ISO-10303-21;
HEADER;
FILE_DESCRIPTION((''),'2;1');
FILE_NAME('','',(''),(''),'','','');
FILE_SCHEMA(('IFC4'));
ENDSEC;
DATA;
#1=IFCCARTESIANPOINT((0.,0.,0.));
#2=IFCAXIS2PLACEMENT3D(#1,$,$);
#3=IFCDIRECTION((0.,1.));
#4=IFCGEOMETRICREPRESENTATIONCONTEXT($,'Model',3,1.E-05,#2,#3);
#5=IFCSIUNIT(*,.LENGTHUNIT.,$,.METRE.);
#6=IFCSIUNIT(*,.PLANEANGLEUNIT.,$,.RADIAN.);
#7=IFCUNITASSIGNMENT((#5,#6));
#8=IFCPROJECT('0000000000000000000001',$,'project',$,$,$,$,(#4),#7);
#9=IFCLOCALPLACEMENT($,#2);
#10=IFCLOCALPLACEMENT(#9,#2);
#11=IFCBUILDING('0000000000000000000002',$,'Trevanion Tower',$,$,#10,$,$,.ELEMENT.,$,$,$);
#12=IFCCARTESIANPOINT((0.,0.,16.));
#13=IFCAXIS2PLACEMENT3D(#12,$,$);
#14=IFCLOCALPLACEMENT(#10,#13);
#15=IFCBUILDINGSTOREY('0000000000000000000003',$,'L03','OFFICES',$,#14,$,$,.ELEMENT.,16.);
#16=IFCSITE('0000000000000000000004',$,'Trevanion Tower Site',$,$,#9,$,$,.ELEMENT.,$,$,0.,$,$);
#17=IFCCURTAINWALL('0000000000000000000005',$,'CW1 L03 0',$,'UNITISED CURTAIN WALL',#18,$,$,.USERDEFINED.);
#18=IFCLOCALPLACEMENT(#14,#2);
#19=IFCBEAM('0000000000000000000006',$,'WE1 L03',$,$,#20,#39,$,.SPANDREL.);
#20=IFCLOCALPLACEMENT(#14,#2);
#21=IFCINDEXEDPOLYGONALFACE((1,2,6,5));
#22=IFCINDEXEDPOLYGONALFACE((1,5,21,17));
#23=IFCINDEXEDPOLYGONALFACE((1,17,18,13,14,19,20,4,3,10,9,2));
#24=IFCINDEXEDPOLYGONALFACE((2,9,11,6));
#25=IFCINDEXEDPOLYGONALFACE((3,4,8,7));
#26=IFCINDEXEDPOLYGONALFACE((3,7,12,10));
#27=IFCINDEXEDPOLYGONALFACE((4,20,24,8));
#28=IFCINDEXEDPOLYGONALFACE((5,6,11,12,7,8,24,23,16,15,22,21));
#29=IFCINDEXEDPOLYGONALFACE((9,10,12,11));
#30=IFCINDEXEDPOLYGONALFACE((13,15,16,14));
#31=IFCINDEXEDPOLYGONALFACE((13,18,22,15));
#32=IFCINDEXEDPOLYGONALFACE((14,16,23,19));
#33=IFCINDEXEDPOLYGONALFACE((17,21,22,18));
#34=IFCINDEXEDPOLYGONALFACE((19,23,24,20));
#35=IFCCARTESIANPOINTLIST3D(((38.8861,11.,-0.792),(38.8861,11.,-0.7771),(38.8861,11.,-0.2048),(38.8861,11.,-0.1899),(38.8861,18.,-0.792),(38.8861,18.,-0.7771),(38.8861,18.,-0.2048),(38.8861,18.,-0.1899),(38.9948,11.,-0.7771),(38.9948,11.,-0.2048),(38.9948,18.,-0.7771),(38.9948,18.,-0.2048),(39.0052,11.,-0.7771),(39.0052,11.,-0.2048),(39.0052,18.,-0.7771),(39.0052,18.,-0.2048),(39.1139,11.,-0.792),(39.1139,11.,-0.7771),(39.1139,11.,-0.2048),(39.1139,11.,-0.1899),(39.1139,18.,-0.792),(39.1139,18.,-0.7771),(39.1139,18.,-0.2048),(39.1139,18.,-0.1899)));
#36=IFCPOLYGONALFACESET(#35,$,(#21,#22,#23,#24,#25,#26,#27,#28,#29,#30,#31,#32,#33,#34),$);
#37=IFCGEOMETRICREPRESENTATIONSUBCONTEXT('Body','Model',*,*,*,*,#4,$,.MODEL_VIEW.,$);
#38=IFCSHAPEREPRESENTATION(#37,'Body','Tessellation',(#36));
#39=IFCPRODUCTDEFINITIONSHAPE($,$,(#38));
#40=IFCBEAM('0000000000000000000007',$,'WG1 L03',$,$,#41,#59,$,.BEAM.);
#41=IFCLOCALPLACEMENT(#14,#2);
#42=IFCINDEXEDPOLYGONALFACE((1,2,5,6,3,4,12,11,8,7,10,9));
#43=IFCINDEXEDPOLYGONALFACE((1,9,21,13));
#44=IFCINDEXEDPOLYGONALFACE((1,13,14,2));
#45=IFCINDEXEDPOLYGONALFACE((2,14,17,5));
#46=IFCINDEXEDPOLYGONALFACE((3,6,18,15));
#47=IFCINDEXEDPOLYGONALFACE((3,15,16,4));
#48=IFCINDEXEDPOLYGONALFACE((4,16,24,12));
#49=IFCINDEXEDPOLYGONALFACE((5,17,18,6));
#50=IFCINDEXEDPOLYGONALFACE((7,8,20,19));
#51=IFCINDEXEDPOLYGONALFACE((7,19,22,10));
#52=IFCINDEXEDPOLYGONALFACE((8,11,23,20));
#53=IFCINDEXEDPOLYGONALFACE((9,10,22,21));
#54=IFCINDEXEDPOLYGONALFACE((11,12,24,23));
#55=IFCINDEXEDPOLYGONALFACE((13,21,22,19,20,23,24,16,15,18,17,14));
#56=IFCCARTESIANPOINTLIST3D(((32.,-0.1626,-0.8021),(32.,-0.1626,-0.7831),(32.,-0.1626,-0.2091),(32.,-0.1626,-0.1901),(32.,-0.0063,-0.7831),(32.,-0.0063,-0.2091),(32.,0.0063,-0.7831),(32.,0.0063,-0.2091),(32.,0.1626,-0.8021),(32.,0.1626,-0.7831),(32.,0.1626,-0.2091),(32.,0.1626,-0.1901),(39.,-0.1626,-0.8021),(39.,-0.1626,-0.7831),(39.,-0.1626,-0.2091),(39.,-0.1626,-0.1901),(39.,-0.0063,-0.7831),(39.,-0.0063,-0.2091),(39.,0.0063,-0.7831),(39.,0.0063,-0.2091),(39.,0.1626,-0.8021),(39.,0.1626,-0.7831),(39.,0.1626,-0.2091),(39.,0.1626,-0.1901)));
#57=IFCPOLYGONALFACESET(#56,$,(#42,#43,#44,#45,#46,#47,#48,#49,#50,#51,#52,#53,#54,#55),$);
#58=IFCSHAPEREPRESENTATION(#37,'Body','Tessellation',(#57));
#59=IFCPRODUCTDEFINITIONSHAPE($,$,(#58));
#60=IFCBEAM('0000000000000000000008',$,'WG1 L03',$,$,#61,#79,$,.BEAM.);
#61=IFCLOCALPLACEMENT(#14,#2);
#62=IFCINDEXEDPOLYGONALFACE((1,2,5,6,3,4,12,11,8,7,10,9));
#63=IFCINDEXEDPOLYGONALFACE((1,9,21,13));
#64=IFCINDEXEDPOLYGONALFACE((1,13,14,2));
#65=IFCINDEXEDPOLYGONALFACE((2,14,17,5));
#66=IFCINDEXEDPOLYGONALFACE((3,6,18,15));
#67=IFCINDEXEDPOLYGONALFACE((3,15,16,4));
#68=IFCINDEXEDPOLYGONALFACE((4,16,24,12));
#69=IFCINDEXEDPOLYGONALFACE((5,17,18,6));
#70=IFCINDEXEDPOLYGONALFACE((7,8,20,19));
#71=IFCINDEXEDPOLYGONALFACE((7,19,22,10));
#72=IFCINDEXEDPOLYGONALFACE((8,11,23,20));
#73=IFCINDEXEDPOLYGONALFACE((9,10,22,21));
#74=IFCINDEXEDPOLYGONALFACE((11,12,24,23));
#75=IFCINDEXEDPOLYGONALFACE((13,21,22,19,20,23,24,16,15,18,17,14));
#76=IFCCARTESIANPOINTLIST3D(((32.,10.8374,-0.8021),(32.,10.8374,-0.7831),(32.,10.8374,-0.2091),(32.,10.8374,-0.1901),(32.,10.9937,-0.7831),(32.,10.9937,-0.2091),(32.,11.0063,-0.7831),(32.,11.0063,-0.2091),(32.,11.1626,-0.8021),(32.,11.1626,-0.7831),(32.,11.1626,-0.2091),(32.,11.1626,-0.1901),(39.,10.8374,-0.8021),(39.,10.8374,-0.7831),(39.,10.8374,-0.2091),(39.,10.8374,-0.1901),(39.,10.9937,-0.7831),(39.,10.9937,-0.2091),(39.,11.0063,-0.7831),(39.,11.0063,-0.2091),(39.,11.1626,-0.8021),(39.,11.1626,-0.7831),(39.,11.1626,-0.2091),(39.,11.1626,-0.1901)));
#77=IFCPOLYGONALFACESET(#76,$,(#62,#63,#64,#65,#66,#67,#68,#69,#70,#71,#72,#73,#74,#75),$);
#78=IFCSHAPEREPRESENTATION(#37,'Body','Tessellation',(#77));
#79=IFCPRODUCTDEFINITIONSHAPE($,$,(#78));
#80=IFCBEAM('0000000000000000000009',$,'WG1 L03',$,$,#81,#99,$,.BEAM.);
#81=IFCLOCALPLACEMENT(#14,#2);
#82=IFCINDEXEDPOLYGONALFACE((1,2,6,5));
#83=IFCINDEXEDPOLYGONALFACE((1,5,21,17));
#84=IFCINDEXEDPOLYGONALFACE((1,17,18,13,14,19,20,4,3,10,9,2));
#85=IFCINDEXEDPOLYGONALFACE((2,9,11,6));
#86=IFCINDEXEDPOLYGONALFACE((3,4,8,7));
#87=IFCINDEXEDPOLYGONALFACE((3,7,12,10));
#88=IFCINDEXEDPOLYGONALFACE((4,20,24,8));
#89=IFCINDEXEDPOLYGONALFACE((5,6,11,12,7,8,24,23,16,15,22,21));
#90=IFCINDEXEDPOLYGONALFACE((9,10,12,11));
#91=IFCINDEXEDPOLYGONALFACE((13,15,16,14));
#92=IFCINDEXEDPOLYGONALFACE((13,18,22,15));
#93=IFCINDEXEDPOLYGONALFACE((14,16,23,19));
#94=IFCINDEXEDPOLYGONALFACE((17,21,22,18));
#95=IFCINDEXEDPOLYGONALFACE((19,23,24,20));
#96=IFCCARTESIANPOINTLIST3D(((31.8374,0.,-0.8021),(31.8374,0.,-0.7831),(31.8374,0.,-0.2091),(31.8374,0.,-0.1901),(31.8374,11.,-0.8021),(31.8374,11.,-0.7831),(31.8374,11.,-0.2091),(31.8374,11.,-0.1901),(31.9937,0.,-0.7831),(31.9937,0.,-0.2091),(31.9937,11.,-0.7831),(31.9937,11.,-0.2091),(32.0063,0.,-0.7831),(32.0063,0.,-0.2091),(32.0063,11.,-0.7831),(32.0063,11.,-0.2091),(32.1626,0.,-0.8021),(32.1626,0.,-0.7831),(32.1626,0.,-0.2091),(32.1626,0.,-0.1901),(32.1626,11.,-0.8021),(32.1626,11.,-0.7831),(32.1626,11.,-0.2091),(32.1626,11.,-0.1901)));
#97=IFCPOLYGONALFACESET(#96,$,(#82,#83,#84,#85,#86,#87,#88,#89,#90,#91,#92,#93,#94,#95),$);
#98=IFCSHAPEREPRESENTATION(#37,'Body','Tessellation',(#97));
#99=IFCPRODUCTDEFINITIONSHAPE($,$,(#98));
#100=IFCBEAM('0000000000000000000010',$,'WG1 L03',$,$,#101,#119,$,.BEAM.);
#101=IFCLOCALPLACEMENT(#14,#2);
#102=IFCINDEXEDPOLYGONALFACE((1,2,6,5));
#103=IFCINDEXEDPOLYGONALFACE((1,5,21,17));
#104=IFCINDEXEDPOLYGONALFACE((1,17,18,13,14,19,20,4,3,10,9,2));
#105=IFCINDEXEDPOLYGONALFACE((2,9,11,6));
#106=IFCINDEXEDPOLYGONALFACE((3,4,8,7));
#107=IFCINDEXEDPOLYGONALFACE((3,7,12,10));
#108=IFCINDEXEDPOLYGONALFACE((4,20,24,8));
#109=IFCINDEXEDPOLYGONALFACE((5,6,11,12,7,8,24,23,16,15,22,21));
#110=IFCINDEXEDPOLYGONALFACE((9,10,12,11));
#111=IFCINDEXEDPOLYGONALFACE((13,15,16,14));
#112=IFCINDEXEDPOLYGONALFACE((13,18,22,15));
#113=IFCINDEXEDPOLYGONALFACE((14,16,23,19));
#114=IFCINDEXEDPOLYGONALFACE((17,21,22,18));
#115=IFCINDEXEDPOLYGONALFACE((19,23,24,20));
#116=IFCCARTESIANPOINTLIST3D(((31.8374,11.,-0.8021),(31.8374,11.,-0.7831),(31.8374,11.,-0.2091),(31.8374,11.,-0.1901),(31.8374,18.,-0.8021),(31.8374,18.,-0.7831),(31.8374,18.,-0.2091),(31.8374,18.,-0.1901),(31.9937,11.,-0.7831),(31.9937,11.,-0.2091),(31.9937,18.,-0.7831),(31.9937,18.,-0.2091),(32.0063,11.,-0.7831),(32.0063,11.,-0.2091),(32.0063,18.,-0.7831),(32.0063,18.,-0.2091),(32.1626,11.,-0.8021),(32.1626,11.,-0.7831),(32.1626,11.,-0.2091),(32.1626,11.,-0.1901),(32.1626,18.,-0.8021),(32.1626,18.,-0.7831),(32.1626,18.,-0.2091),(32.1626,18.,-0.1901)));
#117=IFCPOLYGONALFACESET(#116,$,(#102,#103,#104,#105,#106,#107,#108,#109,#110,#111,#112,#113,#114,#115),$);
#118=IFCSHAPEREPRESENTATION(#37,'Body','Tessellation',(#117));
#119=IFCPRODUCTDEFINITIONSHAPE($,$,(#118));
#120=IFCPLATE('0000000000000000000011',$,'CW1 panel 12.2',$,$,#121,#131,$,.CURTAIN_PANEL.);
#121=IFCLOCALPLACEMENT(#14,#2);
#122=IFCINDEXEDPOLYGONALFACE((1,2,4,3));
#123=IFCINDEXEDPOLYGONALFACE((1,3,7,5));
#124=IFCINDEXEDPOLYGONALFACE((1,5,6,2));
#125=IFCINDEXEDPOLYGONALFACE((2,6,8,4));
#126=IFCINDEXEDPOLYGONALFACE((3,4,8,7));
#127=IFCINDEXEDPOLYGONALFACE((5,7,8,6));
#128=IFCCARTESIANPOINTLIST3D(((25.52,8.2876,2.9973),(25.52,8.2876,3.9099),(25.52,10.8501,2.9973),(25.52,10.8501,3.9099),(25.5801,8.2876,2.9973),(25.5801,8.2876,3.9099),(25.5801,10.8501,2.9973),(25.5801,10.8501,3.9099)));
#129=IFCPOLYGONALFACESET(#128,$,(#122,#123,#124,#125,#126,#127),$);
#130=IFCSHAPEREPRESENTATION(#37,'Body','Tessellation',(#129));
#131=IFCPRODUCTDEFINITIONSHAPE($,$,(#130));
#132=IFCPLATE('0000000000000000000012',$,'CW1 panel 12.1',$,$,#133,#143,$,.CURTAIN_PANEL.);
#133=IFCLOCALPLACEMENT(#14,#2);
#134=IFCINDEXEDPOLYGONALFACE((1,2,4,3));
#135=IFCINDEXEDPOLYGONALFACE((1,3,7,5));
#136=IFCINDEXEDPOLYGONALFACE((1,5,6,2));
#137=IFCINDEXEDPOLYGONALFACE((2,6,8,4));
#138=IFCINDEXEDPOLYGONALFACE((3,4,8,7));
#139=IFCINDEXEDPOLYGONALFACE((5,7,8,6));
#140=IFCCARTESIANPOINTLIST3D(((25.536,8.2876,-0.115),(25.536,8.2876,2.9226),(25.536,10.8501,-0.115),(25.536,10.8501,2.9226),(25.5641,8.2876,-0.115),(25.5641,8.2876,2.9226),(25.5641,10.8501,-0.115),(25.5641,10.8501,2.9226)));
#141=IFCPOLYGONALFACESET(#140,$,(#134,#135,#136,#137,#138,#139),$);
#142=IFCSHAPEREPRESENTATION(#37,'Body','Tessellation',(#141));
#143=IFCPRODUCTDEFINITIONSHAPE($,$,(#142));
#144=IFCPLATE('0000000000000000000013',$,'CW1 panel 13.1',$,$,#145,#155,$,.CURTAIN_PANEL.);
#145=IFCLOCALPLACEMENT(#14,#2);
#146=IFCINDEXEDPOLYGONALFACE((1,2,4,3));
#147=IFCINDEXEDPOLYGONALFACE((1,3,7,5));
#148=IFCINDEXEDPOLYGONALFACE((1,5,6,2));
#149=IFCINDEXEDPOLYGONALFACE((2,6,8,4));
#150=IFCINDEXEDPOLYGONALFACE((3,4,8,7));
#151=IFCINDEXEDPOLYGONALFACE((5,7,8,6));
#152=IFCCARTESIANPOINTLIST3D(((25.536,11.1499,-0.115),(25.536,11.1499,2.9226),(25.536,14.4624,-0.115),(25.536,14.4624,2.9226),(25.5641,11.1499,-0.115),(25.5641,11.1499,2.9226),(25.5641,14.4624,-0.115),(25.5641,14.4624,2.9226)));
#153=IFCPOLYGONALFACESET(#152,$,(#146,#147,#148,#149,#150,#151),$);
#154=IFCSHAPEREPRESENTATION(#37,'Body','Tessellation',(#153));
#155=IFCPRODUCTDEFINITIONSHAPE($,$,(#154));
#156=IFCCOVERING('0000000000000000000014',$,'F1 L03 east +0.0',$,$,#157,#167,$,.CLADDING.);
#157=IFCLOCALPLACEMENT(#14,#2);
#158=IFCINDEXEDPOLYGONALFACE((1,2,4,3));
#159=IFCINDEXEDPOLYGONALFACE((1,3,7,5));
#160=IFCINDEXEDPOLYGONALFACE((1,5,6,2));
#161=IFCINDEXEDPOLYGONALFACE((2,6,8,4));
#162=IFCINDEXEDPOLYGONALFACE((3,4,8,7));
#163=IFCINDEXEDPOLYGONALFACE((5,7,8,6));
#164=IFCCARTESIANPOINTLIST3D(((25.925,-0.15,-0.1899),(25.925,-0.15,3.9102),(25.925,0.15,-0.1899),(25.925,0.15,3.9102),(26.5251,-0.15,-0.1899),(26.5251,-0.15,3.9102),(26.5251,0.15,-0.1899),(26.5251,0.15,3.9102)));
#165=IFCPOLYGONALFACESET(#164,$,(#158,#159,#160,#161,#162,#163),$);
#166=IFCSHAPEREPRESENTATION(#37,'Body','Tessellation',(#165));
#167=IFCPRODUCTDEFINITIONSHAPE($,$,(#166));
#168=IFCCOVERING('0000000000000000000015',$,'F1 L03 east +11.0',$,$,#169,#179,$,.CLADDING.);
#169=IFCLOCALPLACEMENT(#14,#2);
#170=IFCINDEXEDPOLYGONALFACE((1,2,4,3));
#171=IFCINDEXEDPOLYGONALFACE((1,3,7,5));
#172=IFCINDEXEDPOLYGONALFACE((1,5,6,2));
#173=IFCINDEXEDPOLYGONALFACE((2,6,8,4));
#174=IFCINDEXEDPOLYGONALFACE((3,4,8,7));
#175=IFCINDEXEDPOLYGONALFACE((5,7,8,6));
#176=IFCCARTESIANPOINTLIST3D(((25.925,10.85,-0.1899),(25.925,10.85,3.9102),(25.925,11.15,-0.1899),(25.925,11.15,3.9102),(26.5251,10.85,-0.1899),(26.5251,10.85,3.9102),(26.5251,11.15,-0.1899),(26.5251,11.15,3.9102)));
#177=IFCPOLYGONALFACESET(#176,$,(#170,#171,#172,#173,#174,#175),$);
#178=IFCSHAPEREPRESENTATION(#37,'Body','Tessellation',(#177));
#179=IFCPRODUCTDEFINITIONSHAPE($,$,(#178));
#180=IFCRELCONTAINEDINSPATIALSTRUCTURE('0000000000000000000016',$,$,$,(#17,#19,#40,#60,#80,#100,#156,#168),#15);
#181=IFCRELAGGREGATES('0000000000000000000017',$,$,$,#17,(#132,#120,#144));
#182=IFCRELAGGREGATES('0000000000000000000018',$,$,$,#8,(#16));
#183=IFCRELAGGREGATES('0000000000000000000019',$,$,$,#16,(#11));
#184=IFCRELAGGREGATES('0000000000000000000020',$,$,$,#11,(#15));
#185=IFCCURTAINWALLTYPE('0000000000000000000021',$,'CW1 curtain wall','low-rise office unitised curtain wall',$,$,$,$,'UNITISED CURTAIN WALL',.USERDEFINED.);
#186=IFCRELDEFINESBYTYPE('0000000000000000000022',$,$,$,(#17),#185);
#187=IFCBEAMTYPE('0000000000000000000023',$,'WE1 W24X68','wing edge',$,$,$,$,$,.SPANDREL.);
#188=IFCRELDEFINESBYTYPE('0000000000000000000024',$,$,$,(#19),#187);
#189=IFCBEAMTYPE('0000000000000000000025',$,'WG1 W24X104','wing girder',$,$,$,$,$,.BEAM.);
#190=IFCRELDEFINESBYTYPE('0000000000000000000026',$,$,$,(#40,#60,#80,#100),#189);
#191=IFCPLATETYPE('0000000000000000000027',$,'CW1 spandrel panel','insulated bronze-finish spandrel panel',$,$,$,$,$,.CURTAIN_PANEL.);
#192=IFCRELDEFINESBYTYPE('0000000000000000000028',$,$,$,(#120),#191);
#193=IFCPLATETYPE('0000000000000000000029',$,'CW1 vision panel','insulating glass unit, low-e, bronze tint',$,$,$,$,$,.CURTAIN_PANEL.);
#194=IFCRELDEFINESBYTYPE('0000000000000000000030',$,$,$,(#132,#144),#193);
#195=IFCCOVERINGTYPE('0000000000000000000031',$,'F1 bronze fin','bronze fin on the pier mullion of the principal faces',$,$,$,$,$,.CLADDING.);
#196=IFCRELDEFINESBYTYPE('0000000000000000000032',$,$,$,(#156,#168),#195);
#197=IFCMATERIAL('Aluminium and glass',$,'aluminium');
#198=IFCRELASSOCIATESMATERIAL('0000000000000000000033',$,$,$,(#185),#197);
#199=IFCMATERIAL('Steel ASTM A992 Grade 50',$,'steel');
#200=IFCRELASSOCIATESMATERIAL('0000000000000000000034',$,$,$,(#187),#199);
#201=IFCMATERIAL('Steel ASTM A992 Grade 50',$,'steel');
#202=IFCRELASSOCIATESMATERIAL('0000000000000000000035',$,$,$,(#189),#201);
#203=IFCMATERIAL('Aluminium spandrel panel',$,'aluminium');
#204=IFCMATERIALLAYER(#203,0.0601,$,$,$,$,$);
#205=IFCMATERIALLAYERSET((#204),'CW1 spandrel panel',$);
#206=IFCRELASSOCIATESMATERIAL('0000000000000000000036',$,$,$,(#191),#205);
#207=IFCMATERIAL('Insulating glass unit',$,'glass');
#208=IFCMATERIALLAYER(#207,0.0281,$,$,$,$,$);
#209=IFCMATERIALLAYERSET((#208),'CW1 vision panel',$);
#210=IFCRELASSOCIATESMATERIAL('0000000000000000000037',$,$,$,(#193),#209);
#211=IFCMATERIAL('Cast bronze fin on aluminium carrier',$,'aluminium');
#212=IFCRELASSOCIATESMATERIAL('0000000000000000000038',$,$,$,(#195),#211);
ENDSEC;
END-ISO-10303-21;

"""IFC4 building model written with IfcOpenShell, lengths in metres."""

from ifc_helpers import new_model, si_unit, direction, frame, origin, origin_2d, place, context, subcontext, project, spatial, rectangle, i_section, extrude, material, layer, layer_set, material_profile, profile_set, type_object, element, aggregate, save


model = new_model("IFC4")

# Units and contexts
model_context = context("Model", 3, precision=1e-05, world=origin(), true_north=direction((0.0, 1.0)))
body_context = subcontext(model_context, "Body", "Model", "MODEL_VIEW")
ifc_project = project(units=[si_unit("LENGTHUNIT", "METRE"), si_unit("PLANEANGLEUNIT", "RADIAN")], contexts=[model_context])

# Site, building, storey
site_placement = place(None, origin())
site = spatial("IfcSite", under=ifc_project, at=site_placement, Name="Trevanion Tower Site", CompositionType="ELEMENT", RefElevation=0.0)
building_placement = place(site_placement, origin())
building = spatial("IfcBuilding", under=site, at=building_placement, Name="Trevanion Tower", CompositionType="ELEMENT")
storey_placement = place(building_placement, frame((0.0, 0.0, 16.0)))
storey = spatial("IfcBuildingStorey", under=building, at=storey_placement, Name="L03", Description="OFFICES", CompositionType="ELEMENT", Elevation=16.0)

# Curtain wall
ifc_material_1 = material(Name="Aluminium and glass", Category="aluminium")
curtain_wall_type = type_object("IfcCurtainWallType", Name="CW1 curtain wall", Description="low-rise office unitised curtain wall", ElementType="UNITISED CURTAIN WALL", PredefinedType="USERDEFINED", material=ifc_material_1)
curtain_wall_placement = place(storey_placement, origin())
curtain_wall = element("IfcCurtainWall", 1, at=curtain_wall_placement, inside=storey, type_object=curtain_wall_type, Name="CW1 L03 0", ObjectType="UNITISED CURTAIN WALL", PredefinedType="USERDEFINED")

# Beams
ifc_material_2 = material(Name="Steel ASTM A992 Grade 50", Category="steel")
ifc_material_profile_1 = material_profile(ifc_material_2, i_section(OverallWidth=0.2278, OverallDepth=0.6021, WebThickness=0.0105, FlangeThickness=0.0149, at=origin_2d()), Name="W24X68")
ifc_profile_set_1 = profile_set([ifc_material_profile_1], Name="Steel ASTM A992 Grade 50")
beam_type_1 = type_object("IfcBeamType", Name="WE1 W24X68", Description="wing edge", PredefinedType="SPANDREL", material=ifc_profile_set_1)
beam_1_placement = place(storey_placement, frame((39.0, 11.0, -0.491), z_axis=(0.0, 1.0, 0.0), x_axis=(-1.0, 0.0, 0.0)))
element("IfcBeam", 2, at=beam_1_placement, inside=storey, type_object=beam_type_1, Name="WE1 L03", PredefinedType="SPANDREL", context=body_context, shape_type="SweptSolid", body=[
    extrude(i_section(OverallWidth=0.2278, OverallDepth=0.6021, WebThickness=0.0105, FlangeThickness=0.0149, at=origin_2d()), origin(), (0.0, 0.0, 1.0), 7.0),
])
ifc_material_3 = material(Name="Steel ASTM A992 Grade 50", Category="steel")
ifc_material_profile_2 = material_profile(ifc_material_3, i_section(OverallWidth=0.3252, OverallDepth=0.6121, WebThickness=0.0127, FlangeThickness=0.019, at=origin_2d()), Name="W24X104")
ifc_profile_set_2 = profile_set([ifc_material_profile_2], Name="Steel ASTM A992 Grade 50")
beam_type_2 = type_object("IfcBeamType", Name="WG1 W24X104", Description="wing girder", PredefinedType="BEAM", material=ifc_profile_set_2)
for number, where, z_axis, x_axis, name in (
    (3, (32.0, 0.0, -0.4961), (1.0, 0.0, 0.0), (0.0, 1.0, 0.0), "WG1 L03"),
    (4, (32.0, 11.0, -0.4961), (1.0, 0.0, 0.0), (0.0, 1.0, 0.0), "WG1 L03"),
):
    element("IfcBeam", number, at=place(storey_placement, frame(where, z_axis=z_axis, x_axis=x_axis)), inside=storey, type_object=beam_type_2, Name=name, PredefinedType="BEAM", context=body_context, shape_type="SweptSolid", body=[
        extrude(i_section(OverallWidth=0.3252, OverallDepth=0.6121, WebThickness=0.0127, FlangeThickness=0.019, at=origin_2d()), origin(), (0.0, 0.0, 1.0), 7.0),
    ])
beam_2_placement = place(storey_placement, frame((32.0, 0.0, -0.4961), z_axis=(0.0, 1.0, 0.0), x_axis=(-1.0, 0.0, 0.0)))
element("IfcBeam", 5, at=beam_2_placement, inside=storey, type_object=beam_type_2, Name="WG1 L03", PredefinedType="BEAM", context=body_context, shape_type="SweptSolid", body=[
    extrude(i_section(OverallWidth=0.3252, OverallDepth=0.6121, WebThickness=0.0127, FlangeThickness=0.019, at=origin_2d()), origin(), (0.0, 0.0, 1.0), 11.0),
])
beam_3_placement = place(storey_placement, frame((32.0, 11.0, -0.4961), z_axis=(0.0, 1.0, 0.0), x_axis=(-1.0, 0.0, 0.0)))
element("IfcBeam", 6, at=beam_3_placement, inside=storey, type_object=beam_type_2, Name="WG1 L03", PredefinedType="BEAM", context=body_context, shape_type="SweptSolid", body=[
    extrude(i_section(OverallWidth=0.3252, OverallDepth=0.6121, WebThickness=0.0127, FlangeThickness=0.019, at=origin_2d()), origin(), (0.0, 0.0, 1.0), 7.0),
])

# Plates
ifc_material_4 = material(Name="Aluminium spandrel panel", Category="aluminium")
ifc_layer_1 = layer(ifc_material_4, 0.0601)
ifc_layer_set_1 = layer_set([ifc_layer_1], Name="CW1 spandrel panel")
plate_type_1 = type_object("IfcPlateType", Name="CW1 spandrel panel", Description="insulated bronze-finish spandrel panel", PredefinedType="CURTAIN_PANEL", material=ifc_layer_set_1)
plate_1_placement = place(storey_placement, frame((25.55, 9.5688, 2.9973), z_axis=(0.0, 0.0, 1.0), x_axis=(0.0, 1.0, 0.0)))
plate_1 = element("IfcPlate", 7, at=plate_1_placement, type_object=plate_type_1, Name="CW1 panel 12.2", PredefinedType="CURTAIN_PANEL", context=body_context, shape_type="SweptSolid", body=[
    extrude(rectangle(XDim=2.5625, YDim=0.0601, at=origin_2d()), origin(), (0.0, 0.0, 1.0), 0.9126),
])
ifc_material_5 = material(Name="Insulating glass unit", Category="glass")
ifc_layer_2 = layer(ifc_material_5, 0.0281)
ifc_layer_set_2 = layer_set([ifc_layer_2], Name="CW1 vision panel")
plate_type_2 = type_object("IfcPlateType", Name="CW1 vision panel", Description="insulating glass unit, low-e, bronze tint", PredefinedType="CURTAIN_PANEL", material=ifc_layer_set_2)
plate_2_placement = place(storey_placement, frame((25.55, 9.5688, -0.115), z_axis=(0.0, 0.0, 1.0), x_axis=(0.0, 1.0, 0.0)))
plate_2 = element("IfcPlate", 8, at=plate_2_placement, type_object=plate_type_2, Name="CW1 panel 12.1", PredefinedType="CURTAIN_PANEL", context=body_context, shape_type="SweptSolid", body=[
    extrude(rectangle(XDim=2.5625, YDim=0.0281, at=origin_2d()), origin(), (0.0, 0.0, 1.0), 3.0376),
])
plate_3_placement = place(storey_placement, frame((25.55, 12.8062, -0.115), z_axis=(0.0, 0.0, 1.0), x_axis=(0.0, 1.0, 0.0)))
plate_3 = element("IfcPlate", 9, at=plate_3_placement, type_object=plate_type_2, Name="CW1 panel 13.1", PredefinedType="CURTAIN_PANEL", context=body_context, shape_type="SweptSolid", body=[
    extrude(rectangle(XDim=3.3125, YDim=0.0281, at=origin_2d()), origin(), (0.0, 0.0, 1.0), 3.0376),
])
aggregate(curtain_wall, [plate_2, plate_1, plate_3])

# Coverings
ifc_material_6 = material(Name="Cast bronze fin on aluminium carrier", Category="aluminium")
covering_type = type_object("IfcCoveringType", Name="F1 bronze fin", Description="bronze fin on the pier mullion of the principal faces", PredefinedType="CLADDING", material=ifc_material_6)
for number, where, z_axis, x_axis, name in (
    (10, (26.2251, 0.0, -0.1899), (0.0, 0.0, 1.0), (0.0, 1.0, 0.0), "F1 L03 east +0.0"),
    (11, (26.2251, 11.0, -0.1899), (0.0, 0.0, 1.0), (0.0, 1.0, 0.0), "F1 L03 east +11.0"),
):
    element("IfcCovering", number, at=place(storey_placement, frame(where, z_axis=z_axis, x_axis=x_axis)), inside=storey, type_object=covering_type, Name=name, PredefinedType="CLADDING", context=body_context, shape_type="SweptSolid", body=[
        extrude(rectangle(XDim=0.3, YDim=0.6001, at=origin_2d()), origin(), (0.0, 0.0, 1.0), 4.1001),
    ])

save(model, "model.ifc")
